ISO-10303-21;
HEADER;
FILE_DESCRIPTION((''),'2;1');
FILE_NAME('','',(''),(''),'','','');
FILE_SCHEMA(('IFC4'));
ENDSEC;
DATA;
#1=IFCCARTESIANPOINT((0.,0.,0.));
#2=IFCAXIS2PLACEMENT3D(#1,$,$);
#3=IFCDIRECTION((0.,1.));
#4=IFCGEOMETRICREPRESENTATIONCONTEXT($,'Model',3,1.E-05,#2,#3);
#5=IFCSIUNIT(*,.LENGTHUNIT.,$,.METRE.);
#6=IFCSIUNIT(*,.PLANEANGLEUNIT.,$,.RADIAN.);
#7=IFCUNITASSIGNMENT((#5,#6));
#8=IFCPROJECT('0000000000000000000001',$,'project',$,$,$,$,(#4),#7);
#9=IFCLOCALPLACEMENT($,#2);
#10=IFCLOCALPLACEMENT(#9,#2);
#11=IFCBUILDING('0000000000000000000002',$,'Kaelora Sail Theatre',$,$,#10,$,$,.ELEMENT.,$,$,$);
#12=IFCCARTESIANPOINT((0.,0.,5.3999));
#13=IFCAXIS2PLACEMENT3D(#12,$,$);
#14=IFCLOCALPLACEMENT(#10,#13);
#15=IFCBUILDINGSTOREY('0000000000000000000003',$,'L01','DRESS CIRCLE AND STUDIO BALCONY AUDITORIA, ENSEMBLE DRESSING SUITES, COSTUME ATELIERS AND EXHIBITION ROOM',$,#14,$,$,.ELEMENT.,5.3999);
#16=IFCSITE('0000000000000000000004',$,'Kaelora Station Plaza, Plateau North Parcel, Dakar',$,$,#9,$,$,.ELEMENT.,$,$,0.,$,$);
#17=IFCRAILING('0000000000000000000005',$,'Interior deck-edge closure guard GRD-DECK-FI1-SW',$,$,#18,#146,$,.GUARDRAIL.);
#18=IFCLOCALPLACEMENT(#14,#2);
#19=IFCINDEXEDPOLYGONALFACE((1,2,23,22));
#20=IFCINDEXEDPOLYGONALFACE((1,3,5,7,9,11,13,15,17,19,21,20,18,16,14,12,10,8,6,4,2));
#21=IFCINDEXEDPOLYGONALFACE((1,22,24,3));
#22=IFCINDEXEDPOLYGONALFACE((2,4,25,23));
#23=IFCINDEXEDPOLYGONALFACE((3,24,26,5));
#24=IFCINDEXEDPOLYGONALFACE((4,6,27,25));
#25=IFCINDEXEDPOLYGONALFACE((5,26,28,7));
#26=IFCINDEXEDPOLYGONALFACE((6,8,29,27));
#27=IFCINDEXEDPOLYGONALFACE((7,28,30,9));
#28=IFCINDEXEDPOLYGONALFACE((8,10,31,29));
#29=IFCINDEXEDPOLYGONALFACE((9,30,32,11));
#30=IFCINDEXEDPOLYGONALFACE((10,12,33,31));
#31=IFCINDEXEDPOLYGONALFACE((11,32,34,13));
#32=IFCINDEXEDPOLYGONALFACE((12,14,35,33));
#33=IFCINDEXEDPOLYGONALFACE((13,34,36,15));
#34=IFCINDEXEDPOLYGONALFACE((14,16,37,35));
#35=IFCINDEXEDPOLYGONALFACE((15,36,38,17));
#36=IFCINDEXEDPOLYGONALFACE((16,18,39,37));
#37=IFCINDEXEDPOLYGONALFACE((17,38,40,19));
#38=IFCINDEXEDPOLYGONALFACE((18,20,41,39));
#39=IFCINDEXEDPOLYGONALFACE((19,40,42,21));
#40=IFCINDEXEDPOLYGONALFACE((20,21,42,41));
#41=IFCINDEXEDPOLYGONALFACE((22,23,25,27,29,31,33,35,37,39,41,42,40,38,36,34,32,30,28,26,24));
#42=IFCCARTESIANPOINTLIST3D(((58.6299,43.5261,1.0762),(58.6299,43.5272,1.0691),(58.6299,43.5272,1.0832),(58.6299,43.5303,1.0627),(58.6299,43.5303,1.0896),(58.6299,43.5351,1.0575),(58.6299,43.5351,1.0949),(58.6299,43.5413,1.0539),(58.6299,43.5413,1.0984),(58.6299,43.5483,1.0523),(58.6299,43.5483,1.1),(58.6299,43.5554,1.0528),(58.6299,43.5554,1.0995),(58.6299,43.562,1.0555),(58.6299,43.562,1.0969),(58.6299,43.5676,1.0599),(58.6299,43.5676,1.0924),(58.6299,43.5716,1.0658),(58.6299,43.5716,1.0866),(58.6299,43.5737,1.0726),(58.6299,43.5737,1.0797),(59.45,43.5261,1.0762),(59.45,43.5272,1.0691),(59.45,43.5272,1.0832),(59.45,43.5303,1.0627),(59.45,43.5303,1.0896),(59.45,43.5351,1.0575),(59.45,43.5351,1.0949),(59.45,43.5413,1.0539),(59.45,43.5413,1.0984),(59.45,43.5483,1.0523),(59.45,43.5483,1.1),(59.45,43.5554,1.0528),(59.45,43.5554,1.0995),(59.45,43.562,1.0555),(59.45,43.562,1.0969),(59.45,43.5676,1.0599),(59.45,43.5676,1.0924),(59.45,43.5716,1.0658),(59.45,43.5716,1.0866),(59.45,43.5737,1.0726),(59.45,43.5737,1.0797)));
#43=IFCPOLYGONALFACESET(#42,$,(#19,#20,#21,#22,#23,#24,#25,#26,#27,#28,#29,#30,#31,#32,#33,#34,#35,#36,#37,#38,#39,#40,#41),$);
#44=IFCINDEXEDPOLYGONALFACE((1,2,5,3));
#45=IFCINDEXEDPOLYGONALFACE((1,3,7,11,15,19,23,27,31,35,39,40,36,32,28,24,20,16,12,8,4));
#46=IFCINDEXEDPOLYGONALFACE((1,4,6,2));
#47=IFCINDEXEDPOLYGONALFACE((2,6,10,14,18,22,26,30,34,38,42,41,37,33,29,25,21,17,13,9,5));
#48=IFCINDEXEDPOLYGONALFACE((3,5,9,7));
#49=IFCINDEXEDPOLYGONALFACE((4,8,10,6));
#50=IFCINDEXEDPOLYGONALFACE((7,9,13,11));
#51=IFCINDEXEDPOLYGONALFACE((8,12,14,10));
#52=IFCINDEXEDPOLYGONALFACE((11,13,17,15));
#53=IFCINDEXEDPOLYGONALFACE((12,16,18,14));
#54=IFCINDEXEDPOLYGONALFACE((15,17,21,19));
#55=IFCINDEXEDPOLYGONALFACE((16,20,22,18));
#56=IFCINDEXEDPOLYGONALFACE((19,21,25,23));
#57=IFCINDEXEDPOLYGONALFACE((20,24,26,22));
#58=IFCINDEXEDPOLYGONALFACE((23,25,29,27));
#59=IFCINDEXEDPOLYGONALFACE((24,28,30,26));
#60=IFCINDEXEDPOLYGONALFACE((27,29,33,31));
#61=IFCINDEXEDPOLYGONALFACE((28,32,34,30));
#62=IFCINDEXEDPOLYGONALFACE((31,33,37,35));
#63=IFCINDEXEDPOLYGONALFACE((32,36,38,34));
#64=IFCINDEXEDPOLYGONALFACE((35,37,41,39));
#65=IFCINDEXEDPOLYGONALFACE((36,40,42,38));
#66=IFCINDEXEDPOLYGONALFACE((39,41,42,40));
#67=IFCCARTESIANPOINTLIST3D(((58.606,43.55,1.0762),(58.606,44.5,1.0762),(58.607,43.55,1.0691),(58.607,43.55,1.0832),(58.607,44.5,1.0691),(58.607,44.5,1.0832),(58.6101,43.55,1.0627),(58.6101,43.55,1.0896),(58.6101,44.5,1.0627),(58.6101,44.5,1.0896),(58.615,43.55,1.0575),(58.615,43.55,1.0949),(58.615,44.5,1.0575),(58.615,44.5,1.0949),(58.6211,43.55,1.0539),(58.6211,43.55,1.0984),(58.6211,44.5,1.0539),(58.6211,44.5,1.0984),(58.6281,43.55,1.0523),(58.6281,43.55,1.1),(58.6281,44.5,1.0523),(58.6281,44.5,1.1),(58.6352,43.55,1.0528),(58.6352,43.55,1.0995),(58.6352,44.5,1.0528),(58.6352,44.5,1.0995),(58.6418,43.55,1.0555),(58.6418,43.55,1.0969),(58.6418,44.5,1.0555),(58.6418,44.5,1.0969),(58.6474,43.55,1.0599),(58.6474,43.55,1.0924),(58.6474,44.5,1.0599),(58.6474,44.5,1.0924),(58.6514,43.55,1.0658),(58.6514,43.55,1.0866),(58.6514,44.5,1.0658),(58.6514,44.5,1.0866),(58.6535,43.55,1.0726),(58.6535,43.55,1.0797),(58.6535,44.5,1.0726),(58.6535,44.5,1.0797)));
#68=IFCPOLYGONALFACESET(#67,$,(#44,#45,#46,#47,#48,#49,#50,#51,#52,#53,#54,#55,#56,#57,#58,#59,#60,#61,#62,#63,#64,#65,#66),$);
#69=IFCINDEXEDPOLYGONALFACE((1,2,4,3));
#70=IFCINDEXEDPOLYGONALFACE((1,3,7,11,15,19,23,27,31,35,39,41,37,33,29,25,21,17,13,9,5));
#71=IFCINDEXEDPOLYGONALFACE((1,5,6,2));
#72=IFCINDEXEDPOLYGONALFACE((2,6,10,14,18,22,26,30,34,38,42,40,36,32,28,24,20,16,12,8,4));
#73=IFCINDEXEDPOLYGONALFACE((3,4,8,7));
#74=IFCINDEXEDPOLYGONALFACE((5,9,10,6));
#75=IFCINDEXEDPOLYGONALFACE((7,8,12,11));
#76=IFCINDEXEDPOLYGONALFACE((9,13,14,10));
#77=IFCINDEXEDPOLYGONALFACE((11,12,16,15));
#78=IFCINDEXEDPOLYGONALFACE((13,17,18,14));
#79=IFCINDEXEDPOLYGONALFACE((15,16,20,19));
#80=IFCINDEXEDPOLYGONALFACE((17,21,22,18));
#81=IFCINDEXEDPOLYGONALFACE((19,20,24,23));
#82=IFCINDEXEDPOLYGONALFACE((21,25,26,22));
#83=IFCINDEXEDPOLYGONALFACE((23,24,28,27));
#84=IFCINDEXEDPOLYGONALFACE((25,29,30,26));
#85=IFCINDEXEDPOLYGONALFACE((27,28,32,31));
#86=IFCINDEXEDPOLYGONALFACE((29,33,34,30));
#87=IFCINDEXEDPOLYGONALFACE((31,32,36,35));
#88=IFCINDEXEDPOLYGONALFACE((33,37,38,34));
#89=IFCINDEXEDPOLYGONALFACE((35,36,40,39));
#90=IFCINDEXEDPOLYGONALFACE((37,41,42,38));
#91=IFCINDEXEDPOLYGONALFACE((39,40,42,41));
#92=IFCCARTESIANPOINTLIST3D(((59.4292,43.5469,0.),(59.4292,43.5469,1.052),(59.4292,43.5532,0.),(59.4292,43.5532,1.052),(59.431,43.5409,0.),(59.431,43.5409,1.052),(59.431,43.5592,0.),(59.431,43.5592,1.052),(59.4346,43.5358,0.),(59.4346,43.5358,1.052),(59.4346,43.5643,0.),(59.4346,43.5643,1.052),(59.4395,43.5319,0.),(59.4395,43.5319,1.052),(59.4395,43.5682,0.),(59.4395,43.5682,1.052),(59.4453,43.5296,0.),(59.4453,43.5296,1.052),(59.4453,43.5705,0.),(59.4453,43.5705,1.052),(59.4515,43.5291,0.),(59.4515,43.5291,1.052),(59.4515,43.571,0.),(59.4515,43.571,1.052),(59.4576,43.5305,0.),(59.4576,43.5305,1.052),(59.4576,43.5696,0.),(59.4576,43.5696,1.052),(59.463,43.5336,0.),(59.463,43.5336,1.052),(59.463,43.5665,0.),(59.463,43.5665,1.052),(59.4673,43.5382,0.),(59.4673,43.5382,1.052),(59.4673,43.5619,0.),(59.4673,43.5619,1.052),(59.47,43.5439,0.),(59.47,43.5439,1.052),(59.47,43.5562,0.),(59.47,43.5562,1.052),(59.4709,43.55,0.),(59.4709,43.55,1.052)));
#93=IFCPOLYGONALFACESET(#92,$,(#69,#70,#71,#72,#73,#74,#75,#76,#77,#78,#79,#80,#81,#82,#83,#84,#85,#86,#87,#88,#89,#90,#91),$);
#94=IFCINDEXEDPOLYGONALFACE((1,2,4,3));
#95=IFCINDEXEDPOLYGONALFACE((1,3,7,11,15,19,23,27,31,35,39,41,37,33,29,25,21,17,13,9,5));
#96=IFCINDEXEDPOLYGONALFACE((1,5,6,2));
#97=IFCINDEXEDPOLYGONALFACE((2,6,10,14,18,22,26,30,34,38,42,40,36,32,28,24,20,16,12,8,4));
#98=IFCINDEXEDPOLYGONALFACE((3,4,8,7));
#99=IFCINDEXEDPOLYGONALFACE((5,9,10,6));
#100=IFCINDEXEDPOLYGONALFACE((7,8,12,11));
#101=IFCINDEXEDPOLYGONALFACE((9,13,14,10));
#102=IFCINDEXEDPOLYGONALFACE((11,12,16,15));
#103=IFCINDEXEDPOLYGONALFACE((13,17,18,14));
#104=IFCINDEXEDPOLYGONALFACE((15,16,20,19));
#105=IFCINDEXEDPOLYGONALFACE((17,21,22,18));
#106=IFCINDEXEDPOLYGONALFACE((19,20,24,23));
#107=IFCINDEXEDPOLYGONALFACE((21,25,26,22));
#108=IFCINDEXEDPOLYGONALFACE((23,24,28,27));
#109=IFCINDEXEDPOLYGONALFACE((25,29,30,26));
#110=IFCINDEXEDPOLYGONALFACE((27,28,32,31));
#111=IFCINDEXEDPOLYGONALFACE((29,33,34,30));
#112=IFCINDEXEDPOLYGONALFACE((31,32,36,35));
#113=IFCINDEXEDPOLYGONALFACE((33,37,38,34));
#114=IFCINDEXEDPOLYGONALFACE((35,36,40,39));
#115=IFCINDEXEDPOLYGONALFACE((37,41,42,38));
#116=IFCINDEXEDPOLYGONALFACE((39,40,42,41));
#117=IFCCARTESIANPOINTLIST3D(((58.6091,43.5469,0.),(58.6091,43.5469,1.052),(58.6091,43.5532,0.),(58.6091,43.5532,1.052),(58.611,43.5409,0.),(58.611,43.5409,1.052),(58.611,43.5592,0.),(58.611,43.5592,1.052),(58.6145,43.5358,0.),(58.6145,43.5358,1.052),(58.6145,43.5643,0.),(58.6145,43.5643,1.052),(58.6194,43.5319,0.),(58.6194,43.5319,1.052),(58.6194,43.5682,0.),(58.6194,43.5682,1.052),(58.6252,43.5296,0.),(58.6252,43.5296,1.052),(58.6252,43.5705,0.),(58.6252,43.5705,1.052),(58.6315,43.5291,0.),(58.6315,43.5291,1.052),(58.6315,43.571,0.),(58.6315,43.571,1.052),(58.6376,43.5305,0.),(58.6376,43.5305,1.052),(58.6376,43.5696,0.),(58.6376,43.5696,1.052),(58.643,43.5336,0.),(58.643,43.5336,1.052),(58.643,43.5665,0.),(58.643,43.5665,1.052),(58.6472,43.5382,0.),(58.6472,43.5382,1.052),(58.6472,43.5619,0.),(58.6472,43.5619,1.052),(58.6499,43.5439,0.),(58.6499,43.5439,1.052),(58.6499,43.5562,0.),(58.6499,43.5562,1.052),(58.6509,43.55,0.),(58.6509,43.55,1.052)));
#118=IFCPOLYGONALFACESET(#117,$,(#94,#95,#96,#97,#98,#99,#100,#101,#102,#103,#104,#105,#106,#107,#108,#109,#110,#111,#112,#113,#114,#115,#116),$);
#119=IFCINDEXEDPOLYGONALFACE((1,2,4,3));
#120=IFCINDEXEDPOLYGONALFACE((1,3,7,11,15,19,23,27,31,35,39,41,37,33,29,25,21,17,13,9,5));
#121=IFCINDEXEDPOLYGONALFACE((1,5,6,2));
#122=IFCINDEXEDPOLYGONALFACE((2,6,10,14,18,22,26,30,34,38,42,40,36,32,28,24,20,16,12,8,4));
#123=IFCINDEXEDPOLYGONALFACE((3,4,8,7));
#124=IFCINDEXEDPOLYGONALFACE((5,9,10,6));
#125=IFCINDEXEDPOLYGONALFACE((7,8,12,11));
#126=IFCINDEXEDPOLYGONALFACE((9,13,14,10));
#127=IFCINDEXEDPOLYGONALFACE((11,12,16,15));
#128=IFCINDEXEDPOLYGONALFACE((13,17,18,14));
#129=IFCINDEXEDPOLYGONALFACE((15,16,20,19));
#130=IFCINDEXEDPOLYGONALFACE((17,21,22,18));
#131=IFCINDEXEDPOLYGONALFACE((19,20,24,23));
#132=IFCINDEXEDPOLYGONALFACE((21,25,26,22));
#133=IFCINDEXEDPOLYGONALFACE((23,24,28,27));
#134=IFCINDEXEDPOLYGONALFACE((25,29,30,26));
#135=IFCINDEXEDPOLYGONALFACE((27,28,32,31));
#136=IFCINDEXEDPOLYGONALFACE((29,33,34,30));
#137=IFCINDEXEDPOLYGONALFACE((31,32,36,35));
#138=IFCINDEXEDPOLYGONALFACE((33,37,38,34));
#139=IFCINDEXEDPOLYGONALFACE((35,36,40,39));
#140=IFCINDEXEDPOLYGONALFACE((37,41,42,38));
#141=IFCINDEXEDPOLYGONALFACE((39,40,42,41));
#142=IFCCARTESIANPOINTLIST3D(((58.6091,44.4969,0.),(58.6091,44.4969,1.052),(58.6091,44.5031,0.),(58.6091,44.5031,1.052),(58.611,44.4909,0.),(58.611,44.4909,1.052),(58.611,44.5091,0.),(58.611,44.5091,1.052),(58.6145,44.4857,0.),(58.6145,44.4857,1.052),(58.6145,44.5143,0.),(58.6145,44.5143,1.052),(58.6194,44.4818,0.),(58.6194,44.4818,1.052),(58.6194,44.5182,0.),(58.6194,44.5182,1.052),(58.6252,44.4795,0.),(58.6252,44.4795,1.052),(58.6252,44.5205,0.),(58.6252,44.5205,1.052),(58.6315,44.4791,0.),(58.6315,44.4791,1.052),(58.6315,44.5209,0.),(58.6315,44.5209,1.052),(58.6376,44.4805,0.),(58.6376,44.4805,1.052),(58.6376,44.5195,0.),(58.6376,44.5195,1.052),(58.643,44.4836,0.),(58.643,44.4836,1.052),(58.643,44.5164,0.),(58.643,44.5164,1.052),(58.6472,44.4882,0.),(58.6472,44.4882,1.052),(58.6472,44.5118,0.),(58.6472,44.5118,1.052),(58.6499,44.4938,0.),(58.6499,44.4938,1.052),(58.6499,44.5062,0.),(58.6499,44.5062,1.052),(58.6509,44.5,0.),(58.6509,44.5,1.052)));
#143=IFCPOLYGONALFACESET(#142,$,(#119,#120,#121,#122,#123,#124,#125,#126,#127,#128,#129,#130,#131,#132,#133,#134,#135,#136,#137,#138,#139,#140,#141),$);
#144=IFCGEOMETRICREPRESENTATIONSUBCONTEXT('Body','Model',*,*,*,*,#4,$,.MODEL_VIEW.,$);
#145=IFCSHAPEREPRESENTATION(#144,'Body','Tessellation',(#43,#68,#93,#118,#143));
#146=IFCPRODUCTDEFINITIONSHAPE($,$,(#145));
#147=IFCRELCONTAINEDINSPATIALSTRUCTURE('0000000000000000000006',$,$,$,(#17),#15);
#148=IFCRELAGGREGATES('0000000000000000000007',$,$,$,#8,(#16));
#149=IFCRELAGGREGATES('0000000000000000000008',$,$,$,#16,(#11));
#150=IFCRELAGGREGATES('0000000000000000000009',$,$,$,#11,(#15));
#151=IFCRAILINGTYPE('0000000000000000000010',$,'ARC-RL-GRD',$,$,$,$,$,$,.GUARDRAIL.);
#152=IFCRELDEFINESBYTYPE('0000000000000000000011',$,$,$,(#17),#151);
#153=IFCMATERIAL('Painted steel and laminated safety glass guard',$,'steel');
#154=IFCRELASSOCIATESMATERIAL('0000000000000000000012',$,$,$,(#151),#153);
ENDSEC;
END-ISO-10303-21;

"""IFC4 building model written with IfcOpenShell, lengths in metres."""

from ifc_helpers import new_model, si_unit, direction, frame, origin, origin_2d, place, context, subcontext, project, spatial, circle, extrude, material, type_object, element, save


model = new_model("IFC4")

# Units and contexts
model_context = context("Model", 3, precision=1e-05, world=origin(), true_north=direction((0.0, 1.0)))
body_context = subcontext(model_context, "Body", "Model", "MODEL_VIEW")
ifc_project = project(units=[si_unit("LENGTHUNIT", "METRE"), si_unit("PLANEANGLEUNIT", "RADIAN")], contexts=[model_context])

# Site, building, storey
site_placement = place(None, origin())
site = spatial("IfcSite", under=ifc_project, at=site_placement, Name="Kaelora Station Plaza, Plateau North Parcel, Dakar", CompositionType="ELEMENT", RefElevation=0.0)
building_placement = place(site_placement, origin())
building = spatial("IfcBuilding", under=site, at=building_placement, Name="Kaelora Sail Theatre", CompositionType="ELEMENT")
storey_placement = place(building_placement, frame((0.0, 0.0, 5.3999)))
storey = spatial("IfcBuildingStorey", under=building, at=storey_placement, Name="L01", Description="DRESS CIRCLE AND STUDIO BALCONY AUDITORIA, ENSEMBLE DRESSING SUITES, COSTUME ATELIERS AND EXHIBITION ROOM", CompositionType="ELEMENT", Elevation=5.3999)

# Railing
ifc_material_1 = material(Name="Painted steel and laminated safety glass guard", Category="steel")
railing_type = type_object("IfcRailingType", Name="ARC-RL-GRD", PredefinedType="GUARDRAIL", material=ifc_material_1)
railing_placement = place(storey_placement, frame((59.45, 43.55, 0.0)))
element("IfcRailing", 1, at=railing_placement, inside=storey, type_object=railing_type, Name="Interior deck-edge closure guard GRD-DECK-FI1-SW", PredefinedType="GUARDRAIL", context=body_context, shape_type="SweptSolid", body=[
    extrude(circle(Radius=0.0239, at=origin_2d()), frame((0.0, 0.0, 1.0762), z_axis=(-1.0, 0.0, 0.0), x_axis=(0.0, -1.0, 0.0)), (0.0, 0.0, 1.0), 0.8201),
    extrude(circle(Radius=0.0239, at=origin_2d()), frame((-0.8201, 0.0, 1.0762), z_axis=(0.0, 1.0, 0.0), x_axis=(-1.0, 0.0, 0.0)), (0.0, 0.0, 1.0), 0.95),
    extrude(circle(Radius=0.021, at=origin_2d()), origin(), (0.0, 0.0, 1.0), 1.052),
    extrude(circle(Radius=0.021, at=origin_2d()), frame((-0.8201, 0.0, 0.0)), (0.0, 0.0, 1.0), 1.052),
    extrude(circle(Radius=0.021, at=origin_2d()), frame((-0.8201, 0.95, 0.0)), (0.0, 0.0, 1.0), 1.052),
])

save(model, "model.ifc")
